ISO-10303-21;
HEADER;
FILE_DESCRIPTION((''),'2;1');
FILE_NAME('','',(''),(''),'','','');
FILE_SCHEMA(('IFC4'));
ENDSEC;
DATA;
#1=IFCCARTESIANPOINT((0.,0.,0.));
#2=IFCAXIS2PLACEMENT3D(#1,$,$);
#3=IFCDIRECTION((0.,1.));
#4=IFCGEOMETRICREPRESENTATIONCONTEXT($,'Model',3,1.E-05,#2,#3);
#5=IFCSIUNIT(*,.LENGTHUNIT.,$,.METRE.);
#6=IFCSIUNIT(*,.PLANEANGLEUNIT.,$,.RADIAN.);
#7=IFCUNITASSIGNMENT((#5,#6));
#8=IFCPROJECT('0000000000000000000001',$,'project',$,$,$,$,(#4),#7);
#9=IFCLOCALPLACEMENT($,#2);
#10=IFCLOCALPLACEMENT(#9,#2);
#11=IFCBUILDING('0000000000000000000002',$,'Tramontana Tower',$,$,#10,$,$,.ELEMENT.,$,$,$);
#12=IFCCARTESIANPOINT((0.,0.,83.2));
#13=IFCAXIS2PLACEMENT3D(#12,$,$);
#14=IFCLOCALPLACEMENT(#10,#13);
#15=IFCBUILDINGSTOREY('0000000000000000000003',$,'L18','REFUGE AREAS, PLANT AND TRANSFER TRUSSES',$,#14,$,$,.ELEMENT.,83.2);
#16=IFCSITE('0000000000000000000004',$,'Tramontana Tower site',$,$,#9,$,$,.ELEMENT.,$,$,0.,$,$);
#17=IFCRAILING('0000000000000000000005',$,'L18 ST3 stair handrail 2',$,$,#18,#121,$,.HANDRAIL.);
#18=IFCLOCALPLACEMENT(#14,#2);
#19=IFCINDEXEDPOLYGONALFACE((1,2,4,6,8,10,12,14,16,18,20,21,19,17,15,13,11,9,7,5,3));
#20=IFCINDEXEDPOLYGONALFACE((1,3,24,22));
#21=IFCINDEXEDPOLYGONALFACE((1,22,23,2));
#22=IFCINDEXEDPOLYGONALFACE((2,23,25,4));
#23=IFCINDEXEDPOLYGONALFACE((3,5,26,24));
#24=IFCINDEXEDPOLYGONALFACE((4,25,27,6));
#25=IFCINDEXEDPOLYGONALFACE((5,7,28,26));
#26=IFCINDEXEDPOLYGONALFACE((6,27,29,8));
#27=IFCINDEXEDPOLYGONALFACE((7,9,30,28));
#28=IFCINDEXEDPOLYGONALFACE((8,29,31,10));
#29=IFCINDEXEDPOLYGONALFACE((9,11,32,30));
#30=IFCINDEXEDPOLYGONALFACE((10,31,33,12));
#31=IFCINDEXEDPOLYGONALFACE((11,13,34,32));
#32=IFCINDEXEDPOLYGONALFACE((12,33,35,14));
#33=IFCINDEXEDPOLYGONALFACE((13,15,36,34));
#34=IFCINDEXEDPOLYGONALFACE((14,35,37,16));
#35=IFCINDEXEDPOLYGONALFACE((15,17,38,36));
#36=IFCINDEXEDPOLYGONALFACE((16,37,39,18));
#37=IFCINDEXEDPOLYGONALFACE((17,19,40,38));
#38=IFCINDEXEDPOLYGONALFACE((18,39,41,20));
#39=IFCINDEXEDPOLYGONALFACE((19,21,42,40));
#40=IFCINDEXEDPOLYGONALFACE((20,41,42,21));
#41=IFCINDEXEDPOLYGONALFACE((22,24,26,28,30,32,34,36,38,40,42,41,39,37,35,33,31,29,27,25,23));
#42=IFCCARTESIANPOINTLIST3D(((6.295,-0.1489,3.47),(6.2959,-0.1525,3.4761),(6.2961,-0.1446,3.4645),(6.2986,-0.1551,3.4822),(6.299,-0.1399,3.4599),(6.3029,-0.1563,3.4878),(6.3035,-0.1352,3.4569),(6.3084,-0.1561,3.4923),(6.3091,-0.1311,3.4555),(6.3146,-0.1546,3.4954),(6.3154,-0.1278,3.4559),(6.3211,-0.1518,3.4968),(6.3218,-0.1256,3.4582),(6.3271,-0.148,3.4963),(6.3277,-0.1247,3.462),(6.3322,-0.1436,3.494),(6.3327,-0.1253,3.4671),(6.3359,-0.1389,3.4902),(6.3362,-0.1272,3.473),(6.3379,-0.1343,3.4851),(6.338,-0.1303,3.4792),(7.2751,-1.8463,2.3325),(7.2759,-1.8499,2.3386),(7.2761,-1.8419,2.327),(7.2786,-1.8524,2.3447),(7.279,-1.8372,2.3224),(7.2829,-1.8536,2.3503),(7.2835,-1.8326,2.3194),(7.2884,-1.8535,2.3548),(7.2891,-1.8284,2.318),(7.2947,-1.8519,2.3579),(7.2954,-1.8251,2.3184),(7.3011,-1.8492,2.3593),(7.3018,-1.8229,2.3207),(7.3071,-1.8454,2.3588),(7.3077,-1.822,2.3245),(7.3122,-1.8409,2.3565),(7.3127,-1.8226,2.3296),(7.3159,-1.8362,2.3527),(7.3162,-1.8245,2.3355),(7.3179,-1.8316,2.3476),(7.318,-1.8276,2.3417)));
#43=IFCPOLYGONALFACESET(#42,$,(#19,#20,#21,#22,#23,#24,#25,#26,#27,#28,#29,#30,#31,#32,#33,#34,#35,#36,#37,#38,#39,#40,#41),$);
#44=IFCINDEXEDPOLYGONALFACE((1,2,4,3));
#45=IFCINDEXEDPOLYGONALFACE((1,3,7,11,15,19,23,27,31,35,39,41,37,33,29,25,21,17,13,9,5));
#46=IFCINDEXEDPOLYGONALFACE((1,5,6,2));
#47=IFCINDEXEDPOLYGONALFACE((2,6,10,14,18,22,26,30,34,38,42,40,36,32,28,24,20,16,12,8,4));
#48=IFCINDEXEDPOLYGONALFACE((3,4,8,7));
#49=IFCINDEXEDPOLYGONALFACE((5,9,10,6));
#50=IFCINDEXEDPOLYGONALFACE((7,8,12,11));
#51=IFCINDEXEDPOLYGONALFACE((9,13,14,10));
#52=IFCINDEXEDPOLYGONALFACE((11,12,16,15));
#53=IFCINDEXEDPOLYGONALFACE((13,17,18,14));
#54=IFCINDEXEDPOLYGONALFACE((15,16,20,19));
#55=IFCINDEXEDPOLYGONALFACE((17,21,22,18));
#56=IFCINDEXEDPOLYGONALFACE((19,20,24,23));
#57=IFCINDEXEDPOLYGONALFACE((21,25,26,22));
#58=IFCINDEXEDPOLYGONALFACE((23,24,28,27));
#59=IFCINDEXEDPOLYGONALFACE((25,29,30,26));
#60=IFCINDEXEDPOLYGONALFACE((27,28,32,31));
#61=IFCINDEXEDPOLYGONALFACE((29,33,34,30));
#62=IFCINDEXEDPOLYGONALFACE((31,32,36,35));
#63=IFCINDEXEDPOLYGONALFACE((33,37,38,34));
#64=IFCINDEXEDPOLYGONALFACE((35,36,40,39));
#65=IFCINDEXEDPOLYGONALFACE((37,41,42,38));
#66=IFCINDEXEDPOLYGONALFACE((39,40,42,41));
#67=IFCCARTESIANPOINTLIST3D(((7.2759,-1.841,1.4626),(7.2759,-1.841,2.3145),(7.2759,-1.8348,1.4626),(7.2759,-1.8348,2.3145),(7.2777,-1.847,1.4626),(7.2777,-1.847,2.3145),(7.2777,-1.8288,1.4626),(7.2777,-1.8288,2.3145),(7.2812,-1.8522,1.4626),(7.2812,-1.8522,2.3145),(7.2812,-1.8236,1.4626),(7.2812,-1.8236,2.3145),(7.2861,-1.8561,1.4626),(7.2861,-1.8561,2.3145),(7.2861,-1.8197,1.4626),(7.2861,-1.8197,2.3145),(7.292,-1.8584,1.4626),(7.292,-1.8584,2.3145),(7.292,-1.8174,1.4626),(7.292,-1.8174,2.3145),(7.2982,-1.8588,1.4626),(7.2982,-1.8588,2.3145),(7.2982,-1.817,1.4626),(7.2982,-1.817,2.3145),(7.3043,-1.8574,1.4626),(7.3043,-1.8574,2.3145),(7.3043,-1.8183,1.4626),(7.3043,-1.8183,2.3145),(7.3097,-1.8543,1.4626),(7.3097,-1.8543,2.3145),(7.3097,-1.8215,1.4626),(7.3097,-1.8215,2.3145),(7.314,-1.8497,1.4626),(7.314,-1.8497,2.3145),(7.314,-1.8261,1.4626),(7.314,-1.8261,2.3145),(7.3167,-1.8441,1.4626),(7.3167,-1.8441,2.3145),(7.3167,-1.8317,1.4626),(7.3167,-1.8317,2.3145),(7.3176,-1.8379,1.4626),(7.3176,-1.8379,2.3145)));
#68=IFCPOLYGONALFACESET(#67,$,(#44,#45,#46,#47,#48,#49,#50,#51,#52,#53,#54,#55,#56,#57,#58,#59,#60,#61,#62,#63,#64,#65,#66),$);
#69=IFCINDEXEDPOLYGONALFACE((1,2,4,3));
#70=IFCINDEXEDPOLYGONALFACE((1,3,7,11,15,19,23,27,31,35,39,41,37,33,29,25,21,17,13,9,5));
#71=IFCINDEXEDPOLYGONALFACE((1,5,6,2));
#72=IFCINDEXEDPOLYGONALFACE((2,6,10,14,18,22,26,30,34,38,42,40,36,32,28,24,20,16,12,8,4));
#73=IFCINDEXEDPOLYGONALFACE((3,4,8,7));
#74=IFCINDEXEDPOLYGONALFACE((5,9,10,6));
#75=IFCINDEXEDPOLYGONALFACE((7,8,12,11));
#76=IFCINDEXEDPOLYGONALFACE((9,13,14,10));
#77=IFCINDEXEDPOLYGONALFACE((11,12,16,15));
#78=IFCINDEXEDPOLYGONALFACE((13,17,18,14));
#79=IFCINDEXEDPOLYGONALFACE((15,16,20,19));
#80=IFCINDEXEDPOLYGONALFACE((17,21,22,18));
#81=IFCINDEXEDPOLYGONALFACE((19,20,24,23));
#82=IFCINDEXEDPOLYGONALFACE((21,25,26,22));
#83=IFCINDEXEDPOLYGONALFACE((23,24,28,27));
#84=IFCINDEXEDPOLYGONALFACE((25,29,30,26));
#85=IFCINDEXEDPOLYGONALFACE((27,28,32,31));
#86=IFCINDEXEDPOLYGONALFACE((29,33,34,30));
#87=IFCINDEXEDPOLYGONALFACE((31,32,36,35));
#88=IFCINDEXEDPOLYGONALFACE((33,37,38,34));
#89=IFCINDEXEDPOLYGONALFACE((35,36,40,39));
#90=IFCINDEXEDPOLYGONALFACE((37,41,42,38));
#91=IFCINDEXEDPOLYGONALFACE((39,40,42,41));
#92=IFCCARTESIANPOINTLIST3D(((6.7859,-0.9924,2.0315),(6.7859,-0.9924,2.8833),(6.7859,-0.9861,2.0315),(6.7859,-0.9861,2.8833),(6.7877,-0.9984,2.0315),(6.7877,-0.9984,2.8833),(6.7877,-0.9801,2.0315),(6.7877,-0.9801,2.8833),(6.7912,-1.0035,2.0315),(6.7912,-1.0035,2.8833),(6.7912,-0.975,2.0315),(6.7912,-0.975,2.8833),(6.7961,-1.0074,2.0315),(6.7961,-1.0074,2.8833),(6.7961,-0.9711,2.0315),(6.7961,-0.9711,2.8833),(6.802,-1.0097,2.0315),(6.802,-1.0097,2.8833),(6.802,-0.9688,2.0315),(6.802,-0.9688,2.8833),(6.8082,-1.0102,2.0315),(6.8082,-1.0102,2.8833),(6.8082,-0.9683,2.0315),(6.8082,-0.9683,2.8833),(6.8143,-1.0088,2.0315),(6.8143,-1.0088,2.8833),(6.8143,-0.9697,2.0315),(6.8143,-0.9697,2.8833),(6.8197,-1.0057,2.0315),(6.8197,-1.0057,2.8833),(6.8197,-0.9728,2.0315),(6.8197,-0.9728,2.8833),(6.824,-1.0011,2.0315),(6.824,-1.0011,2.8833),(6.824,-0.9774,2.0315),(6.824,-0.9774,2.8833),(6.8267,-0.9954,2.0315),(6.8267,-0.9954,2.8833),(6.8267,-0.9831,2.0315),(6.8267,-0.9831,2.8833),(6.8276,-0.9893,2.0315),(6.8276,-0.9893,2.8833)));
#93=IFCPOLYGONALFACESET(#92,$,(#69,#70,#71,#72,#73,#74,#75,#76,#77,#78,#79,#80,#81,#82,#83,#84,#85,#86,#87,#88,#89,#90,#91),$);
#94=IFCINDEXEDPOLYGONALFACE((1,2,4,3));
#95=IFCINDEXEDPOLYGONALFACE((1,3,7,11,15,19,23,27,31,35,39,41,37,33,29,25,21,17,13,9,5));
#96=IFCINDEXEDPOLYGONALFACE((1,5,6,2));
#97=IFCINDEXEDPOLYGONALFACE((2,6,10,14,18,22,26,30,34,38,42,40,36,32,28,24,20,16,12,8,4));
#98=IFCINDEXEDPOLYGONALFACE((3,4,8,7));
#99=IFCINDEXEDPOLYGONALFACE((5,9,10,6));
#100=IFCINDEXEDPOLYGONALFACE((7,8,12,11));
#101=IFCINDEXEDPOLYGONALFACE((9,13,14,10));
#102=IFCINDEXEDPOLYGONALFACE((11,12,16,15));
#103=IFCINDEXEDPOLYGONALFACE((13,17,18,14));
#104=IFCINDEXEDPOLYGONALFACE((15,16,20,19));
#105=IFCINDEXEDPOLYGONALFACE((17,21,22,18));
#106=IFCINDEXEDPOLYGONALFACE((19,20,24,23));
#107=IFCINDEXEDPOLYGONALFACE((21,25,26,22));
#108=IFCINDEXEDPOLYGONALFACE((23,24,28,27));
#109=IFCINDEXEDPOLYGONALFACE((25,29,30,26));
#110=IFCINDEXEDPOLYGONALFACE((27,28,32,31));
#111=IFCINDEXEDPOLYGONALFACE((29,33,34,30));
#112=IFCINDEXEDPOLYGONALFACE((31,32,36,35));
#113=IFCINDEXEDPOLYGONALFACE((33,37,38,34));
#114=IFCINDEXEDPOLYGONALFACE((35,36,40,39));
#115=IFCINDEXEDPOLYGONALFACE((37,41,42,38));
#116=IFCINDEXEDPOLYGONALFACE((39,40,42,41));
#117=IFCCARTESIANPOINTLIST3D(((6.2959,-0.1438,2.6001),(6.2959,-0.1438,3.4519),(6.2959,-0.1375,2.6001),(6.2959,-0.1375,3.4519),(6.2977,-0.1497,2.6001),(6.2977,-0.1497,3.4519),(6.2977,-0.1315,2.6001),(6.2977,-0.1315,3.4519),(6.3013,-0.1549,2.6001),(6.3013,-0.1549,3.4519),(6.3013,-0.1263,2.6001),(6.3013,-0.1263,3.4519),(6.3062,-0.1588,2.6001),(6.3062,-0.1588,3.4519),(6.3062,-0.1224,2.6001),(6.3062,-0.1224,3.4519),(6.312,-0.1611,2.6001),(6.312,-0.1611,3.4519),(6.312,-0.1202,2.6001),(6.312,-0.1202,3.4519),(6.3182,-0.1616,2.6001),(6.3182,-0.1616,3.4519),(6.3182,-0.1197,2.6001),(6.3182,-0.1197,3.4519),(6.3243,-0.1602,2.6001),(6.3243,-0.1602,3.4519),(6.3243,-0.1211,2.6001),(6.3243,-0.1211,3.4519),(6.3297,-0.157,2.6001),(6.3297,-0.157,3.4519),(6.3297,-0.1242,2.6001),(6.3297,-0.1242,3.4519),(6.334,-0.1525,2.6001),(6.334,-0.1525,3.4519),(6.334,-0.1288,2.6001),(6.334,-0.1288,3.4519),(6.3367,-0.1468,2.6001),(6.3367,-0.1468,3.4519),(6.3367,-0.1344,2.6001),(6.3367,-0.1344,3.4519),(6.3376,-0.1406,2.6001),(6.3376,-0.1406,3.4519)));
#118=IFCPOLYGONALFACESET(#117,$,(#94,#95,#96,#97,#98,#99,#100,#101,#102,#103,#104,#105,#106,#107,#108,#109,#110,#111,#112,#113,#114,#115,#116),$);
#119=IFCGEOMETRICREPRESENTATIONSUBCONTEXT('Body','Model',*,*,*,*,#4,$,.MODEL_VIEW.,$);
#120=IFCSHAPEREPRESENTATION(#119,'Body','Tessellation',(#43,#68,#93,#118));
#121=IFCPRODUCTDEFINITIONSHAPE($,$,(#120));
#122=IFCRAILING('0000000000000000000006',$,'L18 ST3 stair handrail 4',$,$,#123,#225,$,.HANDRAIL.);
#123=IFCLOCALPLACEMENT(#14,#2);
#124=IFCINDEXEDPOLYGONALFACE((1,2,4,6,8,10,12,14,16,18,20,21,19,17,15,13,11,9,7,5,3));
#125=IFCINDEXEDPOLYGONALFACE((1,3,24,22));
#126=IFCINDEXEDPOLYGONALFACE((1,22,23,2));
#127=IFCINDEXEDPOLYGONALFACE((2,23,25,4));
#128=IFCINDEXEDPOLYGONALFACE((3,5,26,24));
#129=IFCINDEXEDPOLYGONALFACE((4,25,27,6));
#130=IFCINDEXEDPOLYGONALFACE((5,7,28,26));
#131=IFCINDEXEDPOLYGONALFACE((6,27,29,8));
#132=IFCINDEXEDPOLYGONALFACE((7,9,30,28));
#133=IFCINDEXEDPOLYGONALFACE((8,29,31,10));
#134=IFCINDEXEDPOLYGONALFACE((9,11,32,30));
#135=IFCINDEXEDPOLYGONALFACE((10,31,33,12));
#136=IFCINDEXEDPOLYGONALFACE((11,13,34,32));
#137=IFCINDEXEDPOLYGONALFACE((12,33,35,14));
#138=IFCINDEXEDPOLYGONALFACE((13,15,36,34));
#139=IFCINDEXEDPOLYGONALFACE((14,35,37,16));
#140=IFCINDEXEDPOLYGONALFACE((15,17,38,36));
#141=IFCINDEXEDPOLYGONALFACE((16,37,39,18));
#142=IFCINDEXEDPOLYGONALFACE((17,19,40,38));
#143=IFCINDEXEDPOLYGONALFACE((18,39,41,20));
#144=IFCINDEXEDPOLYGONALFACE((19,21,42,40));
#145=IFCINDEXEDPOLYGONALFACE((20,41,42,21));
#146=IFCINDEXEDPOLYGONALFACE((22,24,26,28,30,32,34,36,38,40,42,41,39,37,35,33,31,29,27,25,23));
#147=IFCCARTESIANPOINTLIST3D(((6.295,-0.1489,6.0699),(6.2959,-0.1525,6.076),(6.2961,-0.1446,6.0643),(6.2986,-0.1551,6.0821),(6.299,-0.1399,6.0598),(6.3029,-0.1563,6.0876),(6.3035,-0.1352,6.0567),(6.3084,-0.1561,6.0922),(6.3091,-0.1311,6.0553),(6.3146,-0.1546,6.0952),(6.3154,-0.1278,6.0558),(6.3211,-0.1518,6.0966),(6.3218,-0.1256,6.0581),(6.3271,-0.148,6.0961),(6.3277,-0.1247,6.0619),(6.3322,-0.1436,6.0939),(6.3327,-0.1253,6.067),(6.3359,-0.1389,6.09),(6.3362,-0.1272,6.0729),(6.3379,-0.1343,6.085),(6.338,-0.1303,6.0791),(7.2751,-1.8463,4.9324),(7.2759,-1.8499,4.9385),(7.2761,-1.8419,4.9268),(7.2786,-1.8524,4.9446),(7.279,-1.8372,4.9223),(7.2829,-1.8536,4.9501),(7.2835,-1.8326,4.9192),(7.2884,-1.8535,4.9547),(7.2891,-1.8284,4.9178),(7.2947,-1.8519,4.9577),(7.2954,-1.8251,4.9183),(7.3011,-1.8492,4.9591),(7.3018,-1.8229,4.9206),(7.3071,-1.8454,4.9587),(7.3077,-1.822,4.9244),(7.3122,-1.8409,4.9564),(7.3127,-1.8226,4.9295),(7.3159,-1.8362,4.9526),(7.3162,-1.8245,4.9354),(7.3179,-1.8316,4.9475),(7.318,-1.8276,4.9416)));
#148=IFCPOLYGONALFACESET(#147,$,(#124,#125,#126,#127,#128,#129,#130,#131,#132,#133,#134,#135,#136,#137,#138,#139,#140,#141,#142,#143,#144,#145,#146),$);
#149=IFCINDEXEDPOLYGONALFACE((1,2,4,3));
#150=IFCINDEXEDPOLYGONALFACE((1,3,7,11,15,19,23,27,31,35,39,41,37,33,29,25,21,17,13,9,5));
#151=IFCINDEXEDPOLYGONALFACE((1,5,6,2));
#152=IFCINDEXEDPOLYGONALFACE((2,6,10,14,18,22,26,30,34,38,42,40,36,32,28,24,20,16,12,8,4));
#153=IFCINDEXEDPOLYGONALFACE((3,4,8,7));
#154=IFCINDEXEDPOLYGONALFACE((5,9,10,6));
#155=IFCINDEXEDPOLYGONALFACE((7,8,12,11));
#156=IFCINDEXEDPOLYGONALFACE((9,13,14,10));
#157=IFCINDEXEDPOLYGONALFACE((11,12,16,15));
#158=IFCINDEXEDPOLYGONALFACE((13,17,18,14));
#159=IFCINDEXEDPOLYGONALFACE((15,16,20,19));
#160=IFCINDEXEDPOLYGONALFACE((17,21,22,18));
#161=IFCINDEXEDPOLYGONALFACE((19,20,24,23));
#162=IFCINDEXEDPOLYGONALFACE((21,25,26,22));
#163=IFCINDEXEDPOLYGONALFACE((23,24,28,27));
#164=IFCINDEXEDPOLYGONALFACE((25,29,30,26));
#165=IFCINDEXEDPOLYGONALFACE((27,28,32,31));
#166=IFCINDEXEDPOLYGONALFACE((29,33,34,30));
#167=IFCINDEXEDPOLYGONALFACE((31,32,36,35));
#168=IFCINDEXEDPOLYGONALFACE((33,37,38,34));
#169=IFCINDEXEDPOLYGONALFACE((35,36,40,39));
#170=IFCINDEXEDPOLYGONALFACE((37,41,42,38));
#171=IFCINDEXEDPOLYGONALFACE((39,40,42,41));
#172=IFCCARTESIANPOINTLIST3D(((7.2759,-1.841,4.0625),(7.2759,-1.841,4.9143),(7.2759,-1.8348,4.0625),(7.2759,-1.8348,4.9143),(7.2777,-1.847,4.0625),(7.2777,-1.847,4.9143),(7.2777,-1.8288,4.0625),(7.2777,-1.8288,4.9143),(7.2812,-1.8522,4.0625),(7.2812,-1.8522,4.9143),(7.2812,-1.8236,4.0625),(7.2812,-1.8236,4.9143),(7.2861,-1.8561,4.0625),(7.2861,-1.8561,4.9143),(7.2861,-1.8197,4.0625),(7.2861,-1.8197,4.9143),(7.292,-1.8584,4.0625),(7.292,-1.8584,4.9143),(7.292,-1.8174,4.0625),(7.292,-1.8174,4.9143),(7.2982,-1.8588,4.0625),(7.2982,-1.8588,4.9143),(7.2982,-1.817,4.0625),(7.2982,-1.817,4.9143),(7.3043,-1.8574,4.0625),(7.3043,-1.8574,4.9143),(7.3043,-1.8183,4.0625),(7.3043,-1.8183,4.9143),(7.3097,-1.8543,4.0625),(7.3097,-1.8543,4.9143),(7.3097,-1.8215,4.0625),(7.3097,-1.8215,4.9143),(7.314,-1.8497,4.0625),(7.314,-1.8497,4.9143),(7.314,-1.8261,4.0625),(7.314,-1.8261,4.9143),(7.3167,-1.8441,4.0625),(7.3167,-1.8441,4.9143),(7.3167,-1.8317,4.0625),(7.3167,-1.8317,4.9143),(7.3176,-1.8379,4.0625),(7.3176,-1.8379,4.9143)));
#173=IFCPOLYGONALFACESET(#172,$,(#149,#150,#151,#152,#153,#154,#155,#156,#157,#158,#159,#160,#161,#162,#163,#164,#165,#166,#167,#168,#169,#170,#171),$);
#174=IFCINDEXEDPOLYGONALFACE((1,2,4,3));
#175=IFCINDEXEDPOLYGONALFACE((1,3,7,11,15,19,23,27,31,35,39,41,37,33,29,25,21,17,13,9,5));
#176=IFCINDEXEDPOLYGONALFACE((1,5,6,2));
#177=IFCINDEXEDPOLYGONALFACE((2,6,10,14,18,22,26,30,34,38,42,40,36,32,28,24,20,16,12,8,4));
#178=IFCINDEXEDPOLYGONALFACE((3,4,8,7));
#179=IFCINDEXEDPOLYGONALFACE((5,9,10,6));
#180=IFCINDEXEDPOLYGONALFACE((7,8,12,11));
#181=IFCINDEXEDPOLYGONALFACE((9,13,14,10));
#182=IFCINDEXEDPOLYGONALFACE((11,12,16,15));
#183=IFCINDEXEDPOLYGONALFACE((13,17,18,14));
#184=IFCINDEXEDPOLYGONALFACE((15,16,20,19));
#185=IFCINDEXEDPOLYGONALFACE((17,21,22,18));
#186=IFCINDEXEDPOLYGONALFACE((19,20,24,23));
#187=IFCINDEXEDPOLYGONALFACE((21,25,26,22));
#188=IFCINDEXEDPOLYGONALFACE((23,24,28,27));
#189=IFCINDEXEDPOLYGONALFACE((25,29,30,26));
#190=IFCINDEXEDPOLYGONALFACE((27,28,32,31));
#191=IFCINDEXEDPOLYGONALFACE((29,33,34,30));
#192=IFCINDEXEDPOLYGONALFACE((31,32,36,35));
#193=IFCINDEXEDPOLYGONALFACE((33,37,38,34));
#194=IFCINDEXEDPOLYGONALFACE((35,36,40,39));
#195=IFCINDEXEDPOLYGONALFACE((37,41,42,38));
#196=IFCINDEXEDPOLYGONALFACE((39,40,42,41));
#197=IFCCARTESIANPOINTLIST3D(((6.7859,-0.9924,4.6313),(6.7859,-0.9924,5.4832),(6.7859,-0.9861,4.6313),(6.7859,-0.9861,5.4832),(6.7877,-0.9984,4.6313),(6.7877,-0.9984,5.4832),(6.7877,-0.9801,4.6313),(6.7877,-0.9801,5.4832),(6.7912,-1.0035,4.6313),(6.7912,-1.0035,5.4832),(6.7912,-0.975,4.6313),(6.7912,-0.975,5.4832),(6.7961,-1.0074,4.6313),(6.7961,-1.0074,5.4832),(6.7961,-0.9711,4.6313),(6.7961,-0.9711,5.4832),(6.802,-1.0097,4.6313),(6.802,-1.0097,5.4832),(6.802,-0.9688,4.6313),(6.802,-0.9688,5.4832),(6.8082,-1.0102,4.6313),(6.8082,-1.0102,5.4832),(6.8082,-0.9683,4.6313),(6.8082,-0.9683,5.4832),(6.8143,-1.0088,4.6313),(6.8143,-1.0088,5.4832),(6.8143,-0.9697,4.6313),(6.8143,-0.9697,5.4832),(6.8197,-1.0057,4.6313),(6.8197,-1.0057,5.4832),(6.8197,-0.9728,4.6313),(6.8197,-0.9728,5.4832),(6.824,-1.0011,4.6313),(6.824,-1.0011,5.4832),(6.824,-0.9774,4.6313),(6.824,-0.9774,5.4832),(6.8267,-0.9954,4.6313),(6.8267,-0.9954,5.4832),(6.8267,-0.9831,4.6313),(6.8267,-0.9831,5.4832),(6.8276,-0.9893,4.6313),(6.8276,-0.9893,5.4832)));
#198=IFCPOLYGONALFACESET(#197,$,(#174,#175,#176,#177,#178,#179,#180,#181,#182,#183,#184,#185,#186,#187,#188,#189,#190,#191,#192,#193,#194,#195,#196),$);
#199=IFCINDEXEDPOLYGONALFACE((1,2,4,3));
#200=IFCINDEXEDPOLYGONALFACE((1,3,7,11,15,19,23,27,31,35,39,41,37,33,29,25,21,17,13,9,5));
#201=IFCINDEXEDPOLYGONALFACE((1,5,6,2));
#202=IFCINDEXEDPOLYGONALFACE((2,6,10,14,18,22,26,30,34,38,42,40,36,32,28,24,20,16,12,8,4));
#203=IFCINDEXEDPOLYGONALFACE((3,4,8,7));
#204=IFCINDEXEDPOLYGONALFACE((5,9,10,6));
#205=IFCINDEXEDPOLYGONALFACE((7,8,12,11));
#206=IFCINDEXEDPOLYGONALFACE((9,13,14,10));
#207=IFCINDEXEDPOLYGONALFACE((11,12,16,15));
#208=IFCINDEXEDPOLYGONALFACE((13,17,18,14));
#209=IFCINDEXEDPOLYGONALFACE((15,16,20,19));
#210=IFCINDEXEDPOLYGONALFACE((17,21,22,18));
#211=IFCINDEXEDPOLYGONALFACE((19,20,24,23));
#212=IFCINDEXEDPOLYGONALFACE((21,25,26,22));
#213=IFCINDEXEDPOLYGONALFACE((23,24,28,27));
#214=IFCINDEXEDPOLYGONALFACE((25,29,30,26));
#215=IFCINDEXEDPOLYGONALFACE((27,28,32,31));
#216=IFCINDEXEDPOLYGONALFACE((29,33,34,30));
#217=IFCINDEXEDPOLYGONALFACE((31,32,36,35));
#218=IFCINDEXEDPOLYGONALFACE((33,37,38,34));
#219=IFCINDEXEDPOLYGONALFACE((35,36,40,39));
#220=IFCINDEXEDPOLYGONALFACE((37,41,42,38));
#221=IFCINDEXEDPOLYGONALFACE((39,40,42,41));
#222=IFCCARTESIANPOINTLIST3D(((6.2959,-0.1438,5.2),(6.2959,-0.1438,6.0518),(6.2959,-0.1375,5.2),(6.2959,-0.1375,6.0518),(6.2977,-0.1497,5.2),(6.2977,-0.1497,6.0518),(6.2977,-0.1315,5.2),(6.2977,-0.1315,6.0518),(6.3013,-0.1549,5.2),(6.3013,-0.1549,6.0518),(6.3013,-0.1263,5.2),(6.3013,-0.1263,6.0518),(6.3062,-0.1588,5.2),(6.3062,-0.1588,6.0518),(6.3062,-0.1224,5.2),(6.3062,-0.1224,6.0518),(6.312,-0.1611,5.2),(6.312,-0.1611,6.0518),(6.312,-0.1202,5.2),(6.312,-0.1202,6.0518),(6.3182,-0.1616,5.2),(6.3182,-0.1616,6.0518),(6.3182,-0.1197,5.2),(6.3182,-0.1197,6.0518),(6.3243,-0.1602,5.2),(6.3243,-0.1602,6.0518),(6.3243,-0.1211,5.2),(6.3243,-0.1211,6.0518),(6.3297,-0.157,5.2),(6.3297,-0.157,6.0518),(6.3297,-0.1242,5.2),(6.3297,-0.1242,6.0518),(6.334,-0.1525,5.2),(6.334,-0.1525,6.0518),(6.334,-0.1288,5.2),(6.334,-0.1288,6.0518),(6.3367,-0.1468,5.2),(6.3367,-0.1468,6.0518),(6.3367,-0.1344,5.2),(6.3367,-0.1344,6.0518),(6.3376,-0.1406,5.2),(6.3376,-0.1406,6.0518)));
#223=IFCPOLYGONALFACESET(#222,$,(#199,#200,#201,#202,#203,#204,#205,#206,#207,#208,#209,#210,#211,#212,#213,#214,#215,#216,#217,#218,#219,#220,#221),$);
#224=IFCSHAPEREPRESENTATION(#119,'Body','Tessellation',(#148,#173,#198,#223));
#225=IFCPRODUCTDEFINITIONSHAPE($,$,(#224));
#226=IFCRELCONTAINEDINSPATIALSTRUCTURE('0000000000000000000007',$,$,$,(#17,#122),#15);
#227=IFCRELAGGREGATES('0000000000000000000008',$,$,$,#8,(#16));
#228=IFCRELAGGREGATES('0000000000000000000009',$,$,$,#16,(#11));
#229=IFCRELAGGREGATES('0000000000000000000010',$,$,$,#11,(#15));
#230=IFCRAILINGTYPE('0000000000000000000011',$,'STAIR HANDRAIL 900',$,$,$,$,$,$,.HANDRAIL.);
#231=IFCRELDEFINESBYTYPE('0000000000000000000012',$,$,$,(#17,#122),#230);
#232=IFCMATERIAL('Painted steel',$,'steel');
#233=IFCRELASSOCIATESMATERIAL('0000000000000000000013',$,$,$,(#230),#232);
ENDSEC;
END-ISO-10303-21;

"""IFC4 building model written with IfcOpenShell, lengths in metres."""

from ifc_helpers import new_model, si_unit, direction, frame, origin, origin_2d, place, context, subcontext, project, spatial, circle, extrude, material, type_object, element, save


model = new_model("IFC4")

# Units and contexts
model_context = context("Model", 3, precision=1e-05, world=origin(), true_north=direction((0.0, 1.0)))
body_context = subcontext(model_context, "Body", "Model", "MODEL_VIEW")
ifc_project = project(units=[si_unit("LENGTHUNIT", "METRE"), si_unit("PLANEANGLEUNIT", "RADIAN")], contexts=[model_context])

# Site, building, storey
site_placement = place(None, origin())
site = spatial("IfcSite", under=ifc_project, at=site_placement, Name="Tramontana Tower site", CompositionType="ELEMENT", RefElevation=0.0)
building_placement = place(site_placement, origin())
building = spatial("IfcBuilding", under=site, at=building_placement, Name="Tramontana Tower", CompositionType="ELEMENT")
storey_placement = place(building_placement, frame((0.0, 0.0, 83.2)))
storey = spatial("IfcBuildingStorey", under=building, at=storey_placement, Name="L18", Description="REFUGE AREAS, PLANT AND TRANSFER TRUSSES", CompositionType="ELEMENT", Elevation=83.2)

# Railings
ifc_material_1 = material(Name="Painted steel", Category="steel")
railing_type_1 = type_object("IfcRailingType", Name="STAIR HANDRAIL 900", PredefinedType="HANDRAIL", material=ifc_material_1)
for number, where, name in (
    (1, (7.2966, -1.8379, 1.4626), "L18 ST3 stair handrail 2"),
    (2, (7.2966, -1.8379, 4.0625), "L18 ST3 stair handrail 4"),
):
    element("IfcRailing", number, at=place(storey_placement, frame(where)), inside=storey, type_object=railing_type_1, Name=name, PredefinedType="HANDRAIL", context=body_context, shape_type="SweptSolid", body=[
        extrude(circle(Radius=0.0239, at=origin_2d()), frame((0.0, 0.0, 0.876), z_axis=(-0.432467, 0.749006, 0.501959), x_axis=(-0.866011, -0.500024, 0.0)), (0.0, 0.0, 1.0), 2.2661),
        extrude(circle(Radius=0.021, at=origin_2d()), origin(), (0.0, 0.0, 1.0), 0.8518),
        extrude(circle(Radius=0.021, at=origin_2d()), frame((-0.49, 0.8486, 0.5688)), (0.0, 0.0, 1.0), 0.8518),
        extrude(circle(Radius=0.021, at=origin_2d()), frame((-0.98, 1.6973, 1.1375)), (0.0, 0.0, 1.0), 0.8518),
    ])

save(model, "model.ifc")
